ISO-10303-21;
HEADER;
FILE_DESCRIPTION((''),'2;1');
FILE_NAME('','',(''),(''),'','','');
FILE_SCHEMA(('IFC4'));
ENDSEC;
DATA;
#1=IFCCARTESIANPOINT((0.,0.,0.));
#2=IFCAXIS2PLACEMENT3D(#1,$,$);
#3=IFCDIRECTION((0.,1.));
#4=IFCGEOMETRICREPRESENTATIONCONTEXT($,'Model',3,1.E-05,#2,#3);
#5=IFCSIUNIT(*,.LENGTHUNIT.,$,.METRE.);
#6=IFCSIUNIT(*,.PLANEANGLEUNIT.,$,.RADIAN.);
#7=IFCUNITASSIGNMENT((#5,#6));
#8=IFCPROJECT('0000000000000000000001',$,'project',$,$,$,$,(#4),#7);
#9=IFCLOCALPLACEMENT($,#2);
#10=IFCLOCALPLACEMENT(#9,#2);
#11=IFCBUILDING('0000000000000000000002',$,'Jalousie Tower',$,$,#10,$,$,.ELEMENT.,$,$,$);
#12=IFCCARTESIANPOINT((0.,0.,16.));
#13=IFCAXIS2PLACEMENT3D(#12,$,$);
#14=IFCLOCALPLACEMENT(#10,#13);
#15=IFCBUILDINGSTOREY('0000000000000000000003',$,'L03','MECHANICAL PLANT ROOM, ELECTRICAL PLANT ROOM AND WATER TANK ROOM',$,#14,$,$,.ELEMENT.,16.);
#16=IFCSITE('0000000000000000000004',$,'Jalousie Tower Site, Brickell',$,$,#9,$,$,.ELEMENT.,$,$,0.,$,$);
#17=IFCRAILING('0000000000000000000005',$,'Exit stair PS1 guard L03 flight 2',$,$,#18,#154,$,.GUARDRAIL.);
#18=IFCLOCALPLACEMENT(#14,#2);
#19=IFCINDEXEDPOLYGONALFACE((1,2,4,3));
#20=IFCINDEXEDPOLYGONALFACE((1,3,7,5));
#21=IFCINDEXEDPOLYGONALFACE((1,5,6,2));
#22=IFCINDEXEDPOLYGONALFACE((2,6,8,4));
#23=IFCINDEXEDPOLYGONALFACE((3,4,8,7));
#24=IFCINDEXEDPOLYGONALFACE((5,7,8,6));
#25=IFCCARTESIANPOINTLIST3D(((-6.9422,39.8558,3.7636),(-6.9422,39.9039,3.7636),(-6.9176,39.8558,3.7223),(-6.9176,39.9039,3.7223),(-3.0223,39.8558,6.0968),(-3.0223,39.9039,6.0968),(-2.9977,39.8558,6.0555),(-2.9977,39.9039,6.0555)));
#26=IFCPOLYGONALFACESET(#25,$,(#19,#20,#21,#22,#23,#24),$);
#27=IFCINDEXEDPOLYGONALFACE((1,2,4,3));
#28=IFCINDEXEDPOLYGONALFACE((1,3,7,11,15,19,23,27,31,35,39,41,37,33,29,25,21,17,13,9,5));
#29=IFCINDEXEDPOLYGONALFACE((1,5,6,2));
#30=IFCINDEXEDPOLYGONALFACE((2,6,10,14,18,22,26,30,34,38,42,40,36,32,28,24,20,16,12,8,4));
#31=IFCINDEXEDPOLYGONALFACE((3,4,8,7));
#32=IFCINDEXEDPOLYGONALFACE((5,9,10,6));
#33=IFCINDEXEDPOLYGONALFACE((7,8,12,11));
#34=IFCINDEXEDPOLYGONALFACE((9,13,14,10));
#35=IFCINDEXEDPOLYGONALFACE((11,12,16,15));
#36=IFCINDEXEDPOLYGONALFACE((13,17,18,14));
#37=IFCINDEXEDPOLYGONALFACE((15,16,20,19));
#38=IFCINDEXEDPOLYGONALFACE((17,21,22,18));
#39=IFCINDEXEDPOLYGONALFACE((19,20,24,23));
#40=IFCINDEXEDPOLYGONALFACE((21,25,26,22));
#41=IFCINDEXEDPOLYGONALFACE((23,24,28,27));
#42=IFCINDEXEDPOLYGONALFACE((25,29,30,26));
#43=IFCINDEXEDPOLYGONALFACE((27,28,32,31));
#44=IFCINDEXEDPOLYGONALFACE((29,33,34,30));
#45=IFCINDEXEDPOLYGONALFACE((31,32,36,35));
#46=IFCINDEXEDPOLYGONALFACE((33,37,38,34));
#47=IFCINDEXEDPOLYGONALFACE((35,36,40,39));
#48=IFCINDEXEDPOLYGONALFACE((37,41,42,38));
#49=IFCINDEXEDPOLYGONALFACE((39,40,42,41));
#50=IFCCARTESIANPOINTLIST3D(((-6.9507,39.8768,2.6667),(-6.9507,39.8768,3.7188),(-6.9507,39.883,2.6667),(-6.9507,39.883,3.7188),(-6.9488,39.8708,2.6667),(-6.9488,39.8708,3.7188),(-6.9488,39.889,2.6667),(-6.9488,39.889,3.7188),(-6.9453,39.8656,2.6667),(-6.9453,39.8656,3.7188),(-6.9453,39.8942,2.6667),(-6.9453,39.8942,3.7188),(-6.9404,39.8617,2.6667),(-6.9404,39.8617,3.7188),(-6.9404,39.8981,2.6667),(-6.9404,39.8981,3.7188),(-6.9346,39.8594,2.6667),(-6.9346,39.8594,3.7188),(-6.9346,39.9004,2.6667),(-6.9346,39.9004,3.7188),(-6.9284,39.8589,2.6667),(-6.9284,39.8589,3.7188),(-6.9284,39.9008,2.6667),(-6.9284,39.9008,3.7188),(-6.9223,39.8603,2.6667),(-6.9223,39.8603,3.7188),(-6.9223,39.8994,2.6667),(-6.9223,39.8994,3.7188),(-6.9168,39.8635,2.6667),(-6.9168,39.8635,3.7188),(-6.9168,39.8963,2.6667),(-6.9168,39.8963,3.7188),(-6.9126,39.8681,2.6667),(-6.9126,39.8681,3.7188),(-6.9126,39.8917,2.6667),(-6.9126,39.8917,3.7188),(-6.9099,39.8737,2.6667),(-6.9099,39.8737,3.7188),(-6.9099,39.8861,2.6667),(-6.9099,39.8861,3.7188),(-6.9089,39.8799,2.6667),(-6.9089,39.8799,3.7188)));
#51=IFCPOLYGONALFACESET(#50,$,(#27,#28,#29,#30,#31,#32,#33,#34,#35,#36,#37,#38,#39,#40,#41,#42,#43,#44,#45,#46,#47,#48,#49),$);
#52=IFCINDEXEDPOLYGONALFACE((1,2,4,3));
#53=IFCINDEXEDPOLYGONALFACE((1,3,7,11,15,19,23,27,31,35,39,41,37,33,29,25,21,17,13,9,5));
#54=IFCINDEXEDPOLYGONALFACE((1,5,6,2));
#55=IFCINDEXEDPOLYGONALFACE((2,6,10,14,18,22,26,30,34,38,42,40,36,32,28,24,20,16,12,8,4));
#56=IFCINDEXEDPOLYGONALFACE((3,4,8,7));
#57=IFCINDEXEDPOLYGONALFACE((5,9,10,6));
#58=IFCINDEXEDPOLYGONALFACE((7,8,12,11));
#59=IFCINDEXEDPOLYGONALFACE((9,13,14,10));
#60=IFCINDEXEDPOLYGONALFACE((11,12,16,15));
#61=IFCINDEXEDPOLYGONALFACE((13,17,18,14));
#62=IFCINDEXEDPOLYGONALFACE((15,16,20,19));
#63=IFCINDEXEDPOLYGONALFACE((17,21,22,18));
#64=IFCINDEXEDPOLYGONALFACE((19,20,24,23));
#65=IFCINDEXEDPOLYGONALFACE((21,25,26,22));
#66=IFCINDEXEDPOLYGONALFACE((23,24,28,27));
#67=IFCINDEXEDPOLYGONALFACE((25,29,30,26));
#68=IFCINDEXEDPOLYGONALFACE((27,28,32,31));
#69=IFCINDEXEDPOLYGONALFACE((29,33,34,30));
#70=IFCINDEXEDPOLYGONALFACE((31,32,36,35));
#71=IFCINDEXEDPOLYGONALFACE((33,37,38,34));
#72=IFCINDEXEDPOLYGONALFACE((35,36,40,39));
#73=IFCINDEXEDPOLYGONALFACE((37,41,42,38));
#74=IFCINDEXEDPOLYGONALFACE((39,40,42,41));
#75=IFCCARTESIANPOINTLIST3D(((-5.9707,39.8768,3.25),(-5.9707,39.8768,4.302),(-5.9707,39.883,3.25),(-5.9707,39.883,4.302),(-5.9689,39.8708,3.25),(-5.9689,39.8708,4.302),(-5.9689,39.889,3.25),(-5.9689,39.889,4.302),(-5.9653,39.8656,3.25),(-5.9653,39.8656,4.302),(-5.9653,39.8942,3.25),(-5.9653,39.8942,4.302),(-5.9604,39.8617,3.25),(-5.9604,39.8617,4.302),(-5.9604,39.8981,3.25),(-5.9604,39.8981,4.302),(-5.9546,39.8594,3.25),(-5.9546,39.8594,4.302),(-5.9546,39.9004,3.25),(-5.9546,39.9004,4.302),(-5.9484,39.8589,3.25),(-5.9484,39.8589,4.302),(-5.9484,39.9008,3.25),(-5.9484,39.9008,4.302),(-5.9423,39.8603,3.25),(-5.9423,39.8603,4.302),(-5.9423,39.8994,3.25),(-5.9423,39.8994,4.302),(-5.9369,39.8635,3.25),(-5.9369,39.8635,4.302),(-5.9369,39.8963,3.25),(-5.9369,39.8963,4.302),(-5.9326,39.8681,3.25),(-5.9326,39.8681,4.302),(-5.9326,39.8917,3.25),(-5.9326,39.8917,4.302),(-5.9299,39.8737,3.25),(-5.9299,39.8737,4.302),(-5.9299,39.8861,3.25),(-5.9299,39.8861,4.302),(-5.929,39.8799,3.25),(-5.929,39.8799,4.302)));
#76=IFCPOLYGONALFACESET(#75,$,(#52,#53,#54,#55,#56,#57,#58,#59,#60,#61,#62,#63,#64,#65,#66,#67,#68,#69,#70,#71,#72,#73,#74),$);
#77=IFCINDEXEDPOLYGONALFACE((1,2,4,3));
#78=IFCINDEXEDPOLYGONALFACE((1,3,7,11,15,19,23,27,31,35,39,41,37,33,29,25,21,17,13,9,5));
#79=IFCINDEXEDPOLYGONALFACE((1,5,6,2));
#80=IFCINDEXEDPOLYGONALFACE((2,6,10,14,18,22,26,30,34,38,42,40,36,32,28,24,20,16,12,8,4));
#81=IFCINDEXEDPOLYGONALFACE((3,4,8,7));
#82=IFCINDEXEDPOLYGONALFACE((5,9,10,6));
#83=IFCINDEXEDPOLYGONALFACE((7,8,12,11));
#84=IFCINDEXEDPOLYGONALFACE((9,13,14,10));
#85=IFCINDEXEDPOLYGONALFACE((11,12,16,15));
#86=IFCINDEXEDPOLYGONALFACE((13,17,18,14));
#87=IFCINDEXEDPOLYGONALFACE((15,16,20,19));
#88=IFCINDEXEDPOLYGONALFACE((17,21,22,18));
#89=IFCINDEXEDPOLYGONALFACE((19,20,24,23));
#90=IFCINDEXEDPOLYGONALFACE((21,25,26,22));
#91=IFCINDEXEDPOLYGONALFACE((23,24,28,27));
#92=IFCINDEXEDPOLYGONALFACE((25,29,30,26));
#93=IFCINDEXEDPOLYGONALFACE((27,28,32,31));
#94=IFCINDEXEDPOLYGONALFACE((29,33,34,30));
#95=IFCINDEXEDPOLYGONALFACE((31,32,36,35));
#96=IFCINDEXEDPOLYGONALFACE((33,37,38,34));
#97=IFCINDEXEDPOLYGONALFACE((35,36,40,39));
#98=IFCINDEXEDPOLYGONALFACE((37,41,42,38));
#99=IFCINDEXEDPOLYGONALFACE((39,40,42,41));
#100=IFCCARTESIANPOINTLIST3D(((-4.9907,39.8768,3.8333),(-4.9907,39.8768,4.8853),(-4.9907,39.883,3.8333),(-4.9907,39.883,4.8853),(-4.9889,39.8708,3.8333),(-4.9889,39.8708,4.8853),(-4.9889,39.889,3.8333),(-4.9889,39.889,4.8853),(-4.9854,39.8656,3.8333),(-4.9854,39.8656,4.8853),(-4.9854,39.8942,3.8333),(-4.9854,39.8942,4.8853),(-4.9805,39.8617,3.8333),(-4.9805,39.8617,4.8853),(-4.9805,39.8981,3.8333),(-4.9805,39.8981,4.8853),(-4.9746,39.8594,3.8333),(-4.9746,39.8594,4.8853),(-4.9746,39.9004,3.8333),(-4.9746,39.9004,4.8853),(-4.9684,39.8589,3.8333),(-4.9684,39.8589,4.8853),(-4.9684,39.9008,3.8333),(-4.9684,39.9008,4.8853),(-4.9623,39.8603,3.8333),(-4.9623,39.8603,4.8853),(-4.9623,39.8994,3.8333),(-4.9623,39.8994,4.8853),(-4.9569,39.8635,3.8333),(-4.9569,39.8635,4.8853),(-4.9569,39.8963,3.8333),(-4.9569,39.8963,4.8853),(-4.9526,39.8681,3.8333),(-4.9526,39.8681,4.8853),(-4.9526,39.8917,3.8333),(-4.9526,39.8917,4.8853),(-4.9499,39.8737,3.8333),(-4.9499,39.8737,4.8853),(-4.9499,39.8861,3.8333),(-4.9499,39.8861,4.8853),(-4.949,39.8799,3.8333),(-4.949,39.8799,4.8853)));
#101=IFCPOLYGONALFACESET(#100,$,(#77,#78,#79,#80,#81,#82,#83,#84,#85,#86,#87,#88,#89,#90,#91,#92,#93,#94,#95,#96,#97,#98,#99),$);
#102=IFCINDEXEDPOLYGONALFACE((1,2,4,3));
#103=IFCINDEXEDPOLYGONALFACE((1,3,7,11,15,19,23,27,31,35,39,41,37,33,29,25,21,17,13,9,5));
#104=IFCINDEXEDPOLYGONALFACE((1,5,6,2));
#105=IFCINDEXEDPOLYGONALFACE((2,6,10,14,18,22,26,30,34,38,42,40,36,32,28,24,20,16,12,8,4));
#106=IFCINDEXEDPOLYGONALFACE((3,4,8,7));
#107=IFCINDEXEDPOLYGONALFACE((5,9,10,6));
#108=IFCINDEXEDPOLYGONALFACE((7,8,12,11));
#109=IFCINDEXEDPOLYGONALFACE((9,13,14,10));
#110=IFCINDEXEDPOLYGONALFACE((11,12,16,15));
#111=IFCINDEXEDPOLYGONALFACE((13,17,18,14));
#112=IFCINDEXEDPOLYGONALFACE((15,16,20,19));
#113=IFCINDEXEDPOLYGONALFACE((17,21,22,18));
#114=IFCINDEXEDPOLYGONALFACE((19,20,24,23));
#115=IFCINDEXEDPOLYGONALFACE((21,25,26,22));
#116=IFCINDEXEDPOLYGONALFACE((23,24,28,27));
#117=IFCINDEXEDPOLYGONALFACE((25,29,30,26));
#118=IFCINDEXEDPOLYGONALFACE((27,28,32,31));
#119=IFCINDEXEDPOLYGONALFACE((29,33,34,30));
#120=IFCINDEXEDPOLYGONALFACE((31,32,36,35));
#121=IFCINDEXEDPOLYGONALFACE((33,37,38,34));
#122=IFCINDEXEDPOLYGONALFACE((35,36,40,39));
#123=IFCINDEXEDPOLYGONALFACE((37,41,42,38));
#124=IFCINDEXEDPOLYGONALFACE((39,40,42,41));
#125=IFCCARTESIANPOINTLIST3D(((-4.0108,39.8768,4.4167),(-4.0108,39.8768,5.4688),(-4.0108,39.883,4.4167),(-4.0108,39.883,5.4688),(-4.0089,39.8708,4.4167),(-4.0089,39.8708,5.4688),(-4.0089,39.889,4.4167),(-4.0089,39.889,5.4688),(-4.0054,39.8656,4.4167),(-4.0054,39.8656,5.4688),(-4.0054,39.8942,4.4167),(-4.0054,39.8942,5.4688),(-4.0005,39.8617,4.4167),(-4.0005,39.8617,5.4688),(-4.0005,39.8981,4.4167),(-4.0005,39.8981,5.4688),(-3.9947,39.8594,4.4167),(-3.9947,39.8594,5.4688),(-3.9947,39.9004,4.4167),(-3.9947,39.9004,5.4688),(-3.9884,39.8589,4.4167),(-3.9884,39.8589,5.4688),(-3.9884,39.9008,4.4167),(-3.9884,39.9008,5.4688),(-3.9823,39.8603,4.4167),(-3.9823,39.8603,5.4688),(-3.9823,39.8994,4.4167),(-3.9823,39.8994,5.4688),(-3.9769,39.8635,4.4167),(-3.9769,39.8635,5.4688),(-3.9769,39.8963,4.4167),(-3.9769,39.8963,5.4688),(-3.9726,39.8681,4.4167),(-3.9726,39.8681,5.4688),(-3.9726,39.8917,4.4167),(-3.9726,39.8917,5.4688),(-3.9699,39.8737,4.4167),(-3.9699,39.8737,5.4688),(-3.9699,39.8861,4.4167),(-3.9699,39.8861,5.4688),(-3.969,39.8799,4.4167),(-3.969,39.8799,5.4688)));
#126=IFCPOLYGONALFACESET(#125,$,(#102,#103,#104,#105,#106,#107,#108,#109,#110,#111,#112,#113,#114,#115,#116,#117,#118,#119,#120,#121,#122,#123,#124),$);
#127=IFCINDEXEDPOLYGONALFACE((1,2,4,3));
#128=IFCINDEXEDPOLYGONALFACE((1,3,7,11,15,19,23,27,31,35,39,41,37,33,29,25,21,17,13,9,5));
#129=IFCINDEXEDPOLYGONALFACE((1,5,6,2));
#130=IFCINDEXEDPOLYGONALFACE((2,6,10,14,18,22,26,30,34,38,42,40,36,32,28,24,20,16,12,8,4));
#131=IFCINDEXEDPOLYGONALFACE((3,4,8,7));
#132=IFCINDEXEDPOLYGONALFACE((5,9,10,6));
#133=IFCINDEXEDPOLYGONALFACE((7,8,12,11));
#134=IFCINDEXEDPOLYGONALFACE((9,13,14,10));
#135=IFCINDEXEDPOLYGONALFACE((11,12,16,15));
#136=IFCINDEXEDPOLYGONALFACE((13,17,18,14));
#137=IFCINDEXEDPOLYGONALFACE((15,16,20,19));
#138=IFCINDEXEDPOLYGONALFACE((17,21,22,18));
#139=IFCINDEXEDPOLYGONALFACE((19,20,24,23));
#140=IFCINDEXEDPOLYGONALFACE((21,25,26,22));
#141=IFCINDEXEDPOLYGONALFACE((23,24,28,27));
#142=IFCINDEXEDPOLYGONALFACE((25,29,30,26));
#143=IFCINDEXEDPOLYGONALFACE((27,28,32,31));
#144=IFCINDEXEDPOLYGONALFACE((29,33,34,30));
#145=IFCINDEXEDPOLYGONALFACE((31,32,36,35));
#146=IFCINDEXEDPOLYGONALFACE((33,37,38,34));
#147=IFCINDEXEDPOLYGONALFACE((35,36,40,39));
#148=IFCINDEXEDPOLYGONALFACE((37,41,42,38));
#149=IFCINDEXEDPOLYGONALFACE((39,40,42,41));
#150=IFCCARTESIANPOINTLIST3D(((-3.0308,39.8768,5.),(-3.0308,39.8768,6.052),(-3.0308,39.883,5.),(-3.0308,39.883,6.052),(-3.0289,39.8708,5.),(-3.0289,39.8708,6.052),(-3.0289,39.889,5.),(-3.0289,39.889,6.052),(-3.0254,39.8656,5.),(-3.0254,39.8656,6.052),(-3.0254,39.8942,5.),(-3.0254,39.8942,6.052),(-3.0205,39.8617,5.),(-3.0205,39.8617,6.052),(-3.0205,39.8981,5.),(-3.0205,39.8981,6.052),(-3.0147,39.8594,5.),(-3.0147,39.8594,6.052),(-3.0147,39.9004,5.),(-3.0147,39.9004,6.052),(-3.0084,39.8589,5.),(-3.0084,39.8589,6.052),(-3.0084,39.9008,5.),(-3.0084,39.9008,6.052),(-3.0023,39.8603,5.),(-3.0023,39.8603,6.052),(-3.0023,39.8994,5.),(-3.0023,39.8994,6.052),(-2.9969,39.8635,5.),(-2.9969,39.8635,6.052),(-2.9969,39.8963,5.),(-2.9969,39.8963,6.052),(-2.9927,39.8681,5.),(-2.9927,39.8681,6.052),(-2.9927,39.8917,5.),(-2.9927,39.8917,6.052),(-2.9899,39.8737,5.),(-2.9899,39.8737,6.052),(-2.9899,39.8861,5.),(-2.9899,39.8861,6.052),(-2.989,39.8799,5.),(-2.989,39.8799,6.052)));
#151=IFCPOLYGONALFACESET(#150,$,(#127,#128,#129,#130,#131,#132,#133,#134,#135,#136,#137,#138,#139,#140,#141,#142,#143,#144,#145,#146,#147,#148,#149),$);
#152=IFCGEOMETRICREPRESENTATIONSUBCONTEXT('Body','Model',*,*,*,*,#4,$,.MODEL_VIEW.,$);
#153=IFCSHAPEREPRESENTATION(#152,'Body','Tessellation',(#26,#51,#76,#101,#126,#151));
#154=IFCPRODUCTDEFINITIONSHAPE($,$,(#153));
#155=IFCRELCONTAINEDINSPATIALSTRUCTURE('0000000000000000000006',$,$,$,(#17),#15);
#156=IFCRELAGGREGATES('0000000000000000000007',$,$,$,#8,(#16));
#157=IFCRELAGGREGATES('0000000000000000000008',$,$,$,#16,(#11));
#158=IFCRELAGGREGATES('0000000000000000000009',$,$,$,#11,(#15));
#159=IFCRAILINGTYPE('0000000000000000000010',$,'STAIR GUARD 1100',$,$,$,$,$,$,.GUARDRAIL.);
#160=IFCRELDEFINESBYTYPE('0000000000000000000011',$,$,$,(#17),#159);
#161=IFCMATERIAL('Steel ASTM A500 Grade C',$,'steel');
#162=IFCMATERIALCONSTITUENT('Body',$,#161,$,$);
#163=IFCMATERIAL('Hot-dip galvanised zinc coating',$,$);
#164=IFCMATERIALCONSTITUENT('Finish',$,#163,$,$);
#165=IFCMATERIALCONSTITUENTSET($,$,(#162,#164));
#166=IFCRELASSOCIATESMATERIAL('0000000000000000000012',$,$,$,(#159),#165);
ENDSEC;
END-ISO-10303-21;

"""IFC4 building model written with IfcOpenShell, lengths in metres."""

from ifc_helpers import new_model, si_unit, direction, frame, origin, origin_2d, place, context, subcontext, project, spatial, rectangle, circle, extrude, material, constituent, constituent_set, type_object, element, save


model = new_model("IFC4")

# Units and contexts
model_context = context("Model", 3, precision=1e-05, world=origin(), true_north=direction((0.0, 1.0)))
body_context = subcontext(model_context, "Body", "Model", "MODEL_VIEW")
ifc_project = project(units=[si_unit("LENGTHUNIT", "METRE"), si_unit("PLANEANGLEUNIT", "RADIAN")], contexts=[model_context])

# Site, building, storey
site_placement = place(None, origin())
site = spatial("IfcSite", under=ifc_project, at=site_placement, Name="Jalousie Tower Site, Brickell", CompositionType="ELEMENT", RefElevation=0.0)
building_placement = place(site_placement, origin())
building = spatial("IfcBuilding", under=site, at=building_placement, Name="Jalousie Tower", CompositionType="ELEMENT")
storey_placement = place(building_placement, frame((0.0, 0.0, 16.0)))
storey = spatial("IfcBuildingStorey", under=building, at=storey_placement, Name="L03", Description="MECHANICAL PLANT ROOM, ELECTRICAL PLANT ROOM AND WATER TANK ROOM", CompositionType="ELEMENT", Elevation=16.0)

# Railing
ifc_material_1 = material(Name="Steel ASTM A500 Grade C", Category="steel")
ifc_constituent_1 = constituent(ifc_material_1, Name="Body")
ifc_material_2 = material(Name="Hot-dip galvanised zinc coating")
ifc_constituent_2 = constituent(ifc_material_2, Name="Finish")
ifc_constituent_set_1 = constituent_set(constituents=[ifc_constituent_1, ifc_constituent_2])
railing_type_1 = type_object("IfcRailingType", Name="STAIR GUARD 1100", PredefinedType="GUARDRAIL", material=ifc_constituent_set_1)
railing_1_placement = place(storey_placement, frame((-6.9299, 39.8799, 2.6667)))
element("IfcRailing", 1, at=railing_1_placement, inside=storey, type_object=railing_type_1, Name="Exit stair PS1 guard L03 flight 2", PredefinedType="GUARDRAIL", context=body_context, shape_type="SweptSolid", body=[
    extrude(rectangle(XDim=0.0481, YDim=0.0481, at=origin_2d()), frame((0.0, 0.0, 1.0762), z_axis=(0.859296, 0.0, 0.511478), x_axis=(0.0, 1.0, 0.0)), (0.0, 0.0, 1.0), 4.5618),
    extrude(circle(Radius=0.021, at=origin_2d()), origin(), (0.0, 0.0, 1.0), 1.052),
    extrude(circle(Radius=0.021, at=origin_2d()), frame((0.98, 0.0, 0.5833)), (0.0, 0.0, 1.0), 1.052),
    extrude(circle(Radius=0.021, at=origin_2d()), frame((1.96, 0.0, 1.1665)), (0.0, 0.0, 1.0), 1.052),
    extrude(circle(Radius=0.021, at=origin_2d()), frame((2.9399, 0.0, 1.75)), (0.0, 0.0, 1.0), 1.052),
    extrude(circle(Radius=0.021, at=origin_2d()), frame((3.9199, 0.0, 2.3333)), (0.0, 0.0, 1.0), 1.052),
])

save(model, "model.ifc")
